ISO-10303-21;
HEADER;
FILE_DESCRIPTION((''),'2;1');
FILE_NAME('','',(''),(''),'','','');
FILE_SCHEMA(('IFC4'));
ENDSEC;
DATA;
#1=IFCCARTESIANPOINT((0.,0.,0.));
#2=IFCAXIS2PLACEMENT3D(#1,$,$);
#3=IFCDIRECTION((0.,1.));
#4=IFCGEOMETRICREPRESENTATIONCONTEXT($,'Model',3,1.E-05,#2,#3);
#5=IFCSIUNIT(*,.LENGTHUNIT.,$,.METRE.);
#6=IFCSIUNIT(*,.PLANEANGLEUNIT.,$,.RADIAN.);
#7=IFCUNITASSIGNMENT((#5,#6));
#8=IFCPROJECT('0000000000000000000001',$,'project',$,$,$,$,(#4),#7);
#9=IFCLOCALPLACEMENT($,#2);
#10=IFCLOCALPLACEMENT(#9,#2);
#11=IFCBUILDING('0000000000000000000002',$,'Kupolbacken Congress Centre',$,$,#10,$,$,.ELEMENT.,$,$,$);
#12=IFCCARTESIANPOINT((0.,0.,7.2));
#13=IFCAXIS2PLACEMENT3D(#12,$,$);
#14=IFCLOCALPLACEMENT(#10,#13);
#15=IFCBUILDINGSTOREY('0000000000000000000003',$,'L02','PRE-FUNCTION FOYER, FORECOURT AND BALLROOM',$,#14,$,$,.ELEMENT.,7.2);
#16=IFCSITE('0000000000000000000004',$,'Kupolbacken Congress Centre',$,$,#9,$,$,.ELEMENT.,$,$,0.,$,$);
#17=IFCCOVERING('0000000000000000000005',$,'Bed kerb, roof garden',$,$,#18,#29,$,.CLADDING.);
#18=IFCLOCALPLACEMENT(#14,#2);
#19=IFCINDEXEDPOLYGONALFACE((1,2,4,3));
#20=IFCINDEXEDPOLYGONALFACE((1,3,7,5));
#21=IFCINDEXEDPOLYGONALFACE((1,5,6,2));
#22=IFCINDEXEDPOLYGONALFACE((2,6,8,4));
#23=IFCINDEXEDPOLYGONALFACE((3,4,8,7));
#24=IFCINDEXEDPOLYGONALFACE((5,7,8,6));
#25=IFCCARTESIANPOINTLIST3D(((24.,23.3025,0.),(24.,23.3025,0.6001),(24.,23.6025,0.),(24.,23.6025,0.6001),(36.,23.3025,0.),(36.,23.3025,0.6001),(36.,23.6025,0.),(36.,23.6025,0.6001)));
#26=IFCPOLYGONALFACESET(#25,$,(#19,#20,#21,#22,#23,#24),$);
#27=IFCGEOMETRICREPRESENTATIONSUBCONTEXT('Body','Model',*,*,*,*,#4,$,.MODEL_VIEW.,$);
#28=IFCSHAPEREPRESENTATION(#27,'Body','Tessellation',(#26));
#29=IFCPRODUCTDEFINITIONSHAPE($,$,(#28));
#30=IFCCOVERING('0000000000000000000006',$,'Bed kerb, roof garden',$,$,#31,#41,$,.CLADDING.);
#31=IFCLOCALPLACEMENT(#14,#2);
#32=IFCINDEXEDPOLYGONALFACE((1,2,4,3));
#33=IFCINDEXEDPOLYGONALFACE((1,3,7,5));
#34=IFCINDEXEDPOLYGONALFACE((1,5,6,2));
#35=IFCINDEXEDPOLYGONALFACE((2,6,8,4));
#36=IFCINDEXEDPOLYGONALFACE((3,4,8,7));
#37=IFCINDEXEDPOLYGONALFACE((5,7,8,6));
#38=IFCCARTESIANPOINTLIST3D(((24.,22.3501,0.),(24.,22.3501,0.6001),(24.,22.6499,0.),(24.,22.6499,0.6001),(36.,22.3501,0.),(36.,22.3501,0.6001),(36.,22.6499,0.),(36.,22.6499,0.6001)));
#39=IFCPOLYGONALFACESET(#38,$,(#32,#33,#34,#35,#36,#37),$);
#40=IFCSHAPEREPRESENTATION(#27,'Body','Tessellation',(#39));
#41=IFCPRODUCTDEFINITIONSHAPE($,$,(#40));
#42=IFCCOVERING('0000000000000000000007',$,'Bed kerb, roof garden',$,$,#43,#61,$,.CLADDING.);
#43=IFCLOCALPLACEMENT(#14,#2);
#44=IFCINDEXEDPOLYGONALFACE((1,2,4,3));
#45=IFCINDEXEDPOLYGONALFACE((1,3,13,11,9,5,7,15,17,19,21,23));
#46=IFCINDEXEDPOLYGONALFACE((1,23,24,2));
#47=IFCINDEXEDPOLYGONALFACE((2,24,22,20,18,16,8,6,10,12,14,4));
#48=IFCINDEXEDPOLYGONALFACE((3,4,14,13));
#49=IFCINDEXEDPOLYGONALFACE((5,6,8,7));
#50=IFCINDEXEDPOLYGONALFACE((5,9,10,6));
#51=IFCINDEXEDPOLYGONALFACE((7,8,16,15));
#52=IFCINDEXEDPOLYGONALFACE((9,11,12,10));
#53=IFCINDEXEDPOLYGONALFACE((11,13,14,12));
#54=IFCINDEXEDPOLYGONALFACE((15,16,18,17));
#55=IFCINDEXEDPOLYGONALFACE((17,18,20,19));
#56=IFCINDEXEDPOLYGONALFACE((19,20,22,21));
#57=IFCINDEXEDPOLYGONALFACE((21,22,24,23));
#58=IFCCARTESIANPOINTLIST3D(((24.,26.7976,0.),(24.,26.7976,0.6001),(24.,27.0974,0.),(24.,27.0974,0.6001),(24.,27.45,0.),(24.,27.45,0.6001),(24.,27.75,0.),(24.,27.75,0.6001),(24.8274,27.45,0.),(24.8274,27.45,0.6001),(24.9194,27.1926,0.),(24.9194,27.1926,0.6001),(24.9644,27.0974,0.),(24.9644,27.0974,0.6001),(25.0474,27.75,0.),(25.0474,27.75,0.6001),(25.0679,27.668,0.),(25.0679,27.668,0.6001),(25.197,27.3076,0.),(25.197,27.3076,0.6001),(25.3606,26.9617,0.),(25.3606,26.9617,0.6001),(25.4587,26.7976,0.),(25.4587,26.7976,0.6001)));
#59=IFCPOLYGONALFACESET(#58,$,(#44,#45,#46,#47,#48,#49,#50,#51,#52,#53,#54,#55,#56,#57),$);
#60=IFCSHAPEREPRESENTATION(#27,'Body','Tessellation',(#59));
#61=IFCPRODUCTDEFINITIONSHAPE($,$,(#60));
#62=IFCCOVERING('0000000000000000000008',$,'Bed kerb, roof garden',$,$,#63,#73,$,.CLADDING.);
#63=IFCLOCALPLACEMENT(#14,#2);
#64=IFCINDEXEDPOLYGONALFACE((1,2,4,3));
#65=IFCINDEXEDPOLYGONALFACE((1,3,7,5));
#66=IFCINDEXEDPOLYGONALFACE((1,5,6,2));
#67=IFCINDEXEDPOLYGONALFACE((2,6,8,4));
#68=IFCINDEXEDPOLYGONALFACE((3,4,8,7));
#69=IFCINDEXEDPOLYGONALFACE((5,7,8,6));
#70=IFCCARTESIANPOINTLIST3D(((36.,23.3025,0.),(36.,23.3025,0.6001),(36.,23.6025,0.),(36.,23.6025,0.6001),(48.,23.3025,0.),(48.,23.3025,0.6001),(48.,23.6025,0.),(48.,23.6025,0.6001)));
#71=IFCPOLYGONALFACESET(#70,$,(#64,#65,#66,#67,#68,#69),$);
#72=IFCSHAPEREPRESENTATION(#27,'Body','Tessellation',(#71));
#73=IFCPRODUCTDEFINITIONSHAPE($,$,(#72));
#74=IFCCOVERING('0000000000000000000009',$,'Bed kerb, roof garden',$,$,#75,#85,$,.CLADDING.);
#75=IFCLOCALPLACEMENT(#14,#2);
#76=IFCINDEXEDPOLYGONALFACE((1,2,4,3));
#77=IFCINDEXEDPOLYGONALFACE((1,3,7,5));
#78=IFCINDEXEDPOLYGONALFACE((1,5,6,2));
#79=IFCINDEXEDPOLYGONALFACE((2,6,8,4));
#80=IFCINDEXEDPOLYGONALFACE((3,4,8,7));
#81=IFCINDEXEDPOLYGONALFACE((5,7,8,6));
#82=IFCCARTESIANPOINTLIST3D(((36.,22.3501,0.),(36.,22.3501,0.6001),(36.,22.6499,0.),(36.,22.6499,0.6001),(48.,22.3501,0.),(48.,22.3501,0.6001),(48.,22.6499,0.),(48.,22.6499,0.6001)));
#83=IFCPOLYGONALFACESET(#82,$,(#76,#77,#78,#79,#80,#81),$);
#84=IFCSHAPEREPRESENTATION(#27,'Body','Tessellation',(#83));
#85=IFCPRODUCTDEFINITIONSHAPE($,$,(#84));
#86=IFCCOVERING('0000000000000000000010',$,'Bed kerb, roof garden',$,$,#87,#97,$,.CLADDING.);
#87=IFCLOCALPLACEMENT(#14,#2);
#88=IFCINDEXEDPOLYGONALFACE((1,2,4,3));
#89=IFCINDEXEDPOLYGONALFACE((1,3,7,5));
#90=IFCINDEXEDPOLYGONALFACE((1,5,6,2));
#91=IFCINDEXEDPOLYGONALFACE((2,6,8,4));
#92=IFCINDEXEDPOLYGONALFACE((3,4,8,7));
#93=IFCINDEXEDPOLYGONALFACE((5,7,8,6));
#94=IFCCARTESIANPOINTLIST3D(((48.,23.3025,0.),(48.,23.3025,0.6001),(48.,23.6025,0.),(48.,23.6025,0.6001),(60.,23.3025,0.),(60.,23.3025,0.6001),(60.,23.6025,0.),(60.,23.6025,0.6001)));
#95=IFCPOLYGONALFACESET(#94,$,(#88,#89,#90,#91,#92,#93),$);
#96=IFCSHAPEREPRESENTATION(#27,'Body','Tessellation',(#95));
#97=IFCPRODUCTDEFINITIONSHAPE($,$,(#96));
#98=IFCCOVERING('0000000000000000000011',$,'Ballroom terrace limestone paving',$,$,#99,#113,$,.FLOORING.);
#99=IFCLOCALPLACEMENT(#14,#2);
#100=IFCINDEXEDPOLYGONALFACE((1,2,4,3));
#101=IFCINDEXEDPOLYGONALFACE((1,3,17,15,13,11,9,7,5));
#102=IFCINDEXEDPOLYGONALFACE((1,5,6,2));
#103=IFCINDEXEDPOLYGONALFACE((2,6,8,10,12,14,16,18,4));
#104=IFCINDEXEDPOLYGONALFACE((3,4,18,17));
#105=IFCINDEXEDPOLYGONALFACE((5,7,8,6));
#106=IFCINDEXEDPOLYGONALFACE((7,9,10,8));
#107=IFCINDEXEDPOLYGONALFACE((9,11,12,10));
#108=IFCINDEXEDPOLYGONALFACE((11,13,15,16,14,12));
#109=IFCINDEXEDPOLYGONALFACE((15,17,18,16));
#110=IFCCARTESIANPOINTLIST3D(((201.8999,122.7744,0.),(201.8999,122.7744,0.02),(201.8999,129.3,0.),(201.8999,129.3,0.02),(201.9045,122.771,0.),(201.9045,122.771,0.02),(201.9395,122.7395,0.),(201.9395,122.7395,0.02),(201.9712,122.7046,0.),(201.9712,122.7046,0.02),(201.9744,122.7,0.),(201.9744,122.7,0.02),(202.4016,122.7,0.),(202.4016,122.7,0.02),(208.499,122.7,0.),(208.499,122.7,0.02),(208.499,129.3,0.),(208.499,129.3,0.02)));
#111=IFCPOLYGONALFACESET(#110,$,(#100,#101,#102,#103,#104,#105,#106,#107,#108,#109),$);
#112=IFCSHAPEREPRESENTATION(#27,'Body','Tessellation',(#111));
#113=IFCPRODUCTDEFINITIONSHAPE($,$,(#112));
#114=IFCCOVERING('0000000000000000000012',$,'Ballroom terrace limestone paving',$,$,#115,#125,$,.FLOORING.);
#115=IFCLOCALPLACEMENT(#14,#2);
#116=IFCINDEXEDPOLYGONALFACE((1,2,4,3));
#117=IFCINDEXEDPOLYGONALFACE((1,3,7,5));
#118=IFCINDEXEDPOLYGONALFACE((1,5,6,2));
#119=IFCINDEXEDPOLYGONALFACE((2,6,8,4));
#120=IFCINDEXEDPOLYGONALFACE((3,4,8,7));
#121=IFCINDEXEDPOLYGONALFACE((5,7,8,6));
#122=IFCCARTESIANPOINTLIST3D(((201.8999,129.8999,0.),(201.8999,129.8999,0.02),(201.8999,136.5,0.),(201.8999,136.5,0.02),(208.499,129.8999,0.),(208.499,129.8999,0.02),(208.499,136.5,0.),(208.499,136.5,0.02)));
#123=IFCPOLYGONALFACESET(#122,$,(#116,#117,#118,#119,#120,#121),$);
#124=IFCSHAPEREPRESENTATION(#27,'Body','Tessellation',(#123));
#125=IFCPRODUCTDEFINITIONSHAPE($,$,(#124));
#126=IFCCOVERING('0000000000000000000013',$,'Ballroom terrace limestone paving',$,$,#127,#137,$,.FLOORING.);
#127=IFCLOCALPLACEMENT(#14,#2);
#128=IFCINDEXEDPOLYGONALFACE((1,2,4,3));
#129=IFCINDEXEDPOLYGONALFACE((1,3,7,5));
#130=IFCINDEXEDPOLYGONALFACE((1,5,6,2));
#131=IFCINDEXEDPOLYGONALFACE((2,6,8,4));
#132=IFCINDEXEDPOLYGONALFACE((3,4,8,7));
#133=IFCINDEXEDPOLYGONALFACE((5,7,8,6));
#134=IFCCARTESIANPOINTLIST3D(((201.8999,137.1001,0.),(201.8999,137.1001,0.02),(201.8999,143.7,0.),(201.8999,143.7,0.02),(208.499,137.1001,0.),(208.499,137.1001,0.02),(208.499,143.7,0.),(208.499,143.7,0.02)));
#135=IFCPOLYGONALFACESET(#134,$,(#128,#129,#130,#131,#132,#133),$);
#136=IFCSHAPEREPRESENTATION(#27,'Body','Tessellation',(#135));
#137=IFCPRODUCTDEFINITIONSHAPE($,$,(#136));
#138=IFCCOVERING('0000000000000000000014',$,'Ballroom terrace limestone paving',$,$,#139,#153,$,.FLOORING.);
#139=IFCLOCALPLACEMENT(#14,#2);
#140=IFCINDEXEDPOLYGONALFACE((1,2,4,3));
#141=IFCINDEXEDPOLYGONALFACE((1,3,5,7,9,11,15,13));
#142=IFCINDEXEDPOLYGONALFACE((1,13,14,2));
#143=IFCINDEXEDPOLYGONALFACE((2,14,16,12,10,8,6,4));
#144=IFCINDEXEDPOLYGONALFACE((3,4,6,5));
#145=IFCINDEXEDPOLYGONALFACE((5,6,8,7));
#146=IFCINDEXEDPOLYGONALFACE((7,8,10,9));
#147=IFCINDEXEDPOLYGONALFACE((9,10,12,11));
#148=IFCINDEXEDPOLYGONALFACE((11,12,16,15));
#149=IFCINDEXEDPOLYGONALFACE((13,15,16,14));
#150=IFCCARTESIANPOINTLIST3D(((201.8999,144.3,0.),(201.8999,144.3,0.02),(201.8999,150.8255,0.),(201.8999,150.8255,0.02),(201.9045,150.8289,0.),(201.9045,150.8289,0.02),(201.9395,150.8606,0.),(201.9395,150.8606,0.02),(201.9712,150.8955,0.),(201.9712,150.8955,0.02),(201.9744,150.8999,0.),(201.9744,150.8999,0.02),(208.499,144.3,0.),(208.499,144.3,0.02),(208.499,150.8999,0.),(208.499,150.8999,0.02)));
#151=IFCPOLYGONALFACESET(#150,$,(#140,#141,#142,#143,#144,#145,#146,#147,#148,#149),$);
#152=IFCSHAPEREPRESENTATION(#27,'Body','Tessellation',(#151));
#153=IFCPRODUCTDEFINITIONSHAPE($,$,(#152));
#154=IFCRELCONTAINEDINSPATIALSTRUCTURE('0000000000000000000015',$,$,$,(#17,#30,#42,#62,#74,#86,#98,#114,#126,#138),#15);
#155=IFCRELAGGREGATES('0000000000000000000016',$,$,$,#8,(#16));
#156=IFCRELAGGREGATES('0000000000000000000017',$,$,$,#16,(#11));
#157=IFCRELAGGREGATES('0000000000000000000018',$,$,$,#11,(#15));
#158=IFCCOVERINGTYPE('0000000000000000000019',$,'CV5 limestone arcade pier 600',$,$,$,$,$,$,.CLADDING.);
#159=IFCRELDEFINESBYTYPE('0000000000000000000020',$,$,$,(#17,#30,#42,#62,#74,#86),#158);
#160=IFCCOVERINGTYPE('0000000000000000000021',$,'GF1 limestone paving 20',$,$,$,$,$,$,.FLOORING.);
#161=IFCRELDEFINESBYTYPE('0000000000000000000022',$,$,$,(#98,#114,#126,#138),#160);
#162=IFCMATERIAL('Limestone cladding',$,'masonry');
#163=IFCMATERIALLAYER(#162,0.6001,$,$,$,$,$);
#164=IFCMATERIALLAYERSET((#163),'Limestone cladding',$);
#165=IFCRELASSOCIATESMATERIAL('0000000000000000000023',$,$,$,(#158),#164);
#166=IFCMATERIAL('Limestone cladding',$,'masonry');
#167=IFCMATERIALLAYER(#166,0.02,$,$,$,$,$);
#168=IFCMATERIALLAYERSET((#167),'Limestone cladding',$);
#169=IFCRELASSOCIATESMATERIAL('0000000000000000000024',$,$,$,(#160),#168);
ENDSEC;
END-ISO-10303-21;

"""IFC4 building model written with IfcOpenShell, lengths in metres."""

from ifc_helpers import new_model, si_unit, direction, frame, origin, place, context, subcontext, project, spatial, polyline, outline, extrude, material, layer, layer_set, type_object, element, save


model = new_model("IFC4")

# Units and contexts
model_context = context("Model", 3, precision=1e-05, world=origin(), true_north=direction((0.0, 1.0)))
body_context = subcontext(model_context, "Body", "Model", "MODEL_VIEW")
ifc_project = project(units=[si_unit("LENGTHUNIT", "METRE"), si_unit("PLANEANGLEUNIT", "RADIAN")], contexts=[model_context])

# Site, building, storey
site_placement = place(None, origin())
site = spatial("IfcSite", under=ifc_project, at=site_placement, Name="Kupolbacken Congress Centre", CompositionType="ELEMENT", RefElevation=0.0)
building_placement = place(site_placement, origin())
building = spatial("IfcBuilding", under=site, at=building_placement, Name="Kupolbacken Congress Centre", CompositionType="ELEMENT")
storey_placement = place(building_placement, frame((0.0, 0.0, 7.2)))
storey = spatial("IfcBuildingStorey", under=building, at=storey_placement, Name="L02", Description="PRE-FUNCTION FOYER, FORECOURT AND BALLROOM", CompositionType="ELEMENT", Elevation=7.2)

# Coverings
ifc_material_1 = material(Name="Limestone cladding", Category="masonry")
ifc_layer_1 = layer(ifc_material_1, 0.6001)
ifc_layer_set_1 = layer_set([ifc_layer_1], Name="Limestone cladding")
covering_type_1 = type_object("IfcCoveringType", Name="CV5 limestone arcade pier 600", PredefinedType="CLADDING", material=ifc_layer_set_1)
covering_1_placement = place(storey_placement, origin())
element("IfcCovering", 1, at=covering_1_placement, inside=storey, type_object=covering_type_1, Name="Bed kerb, roof garden", PredefinedType="CLADDING", context=body_context, shape_type="SweptSolid", body=[
    extrude(outline(polyline([(36.0, 23.6025), (36.0, 23.3025), (24.0, 23.3025), (24.0, 23.6025), (36.0, 23.6025)])), origin(), (0.0, 0.0, 1.0), 0.6001),
])
covering_2_placement = place(storey_placement, origin())
element("IfcCovering", 2, at=covering_2_placement, inside=storey, type_object=covering_type_1, Name="Bed kerb, roof garden", PredefinedType="CLADDING", context=body_context, shape_type="SweptSolid", body=[
    extrude(outline(polyline([(24.0, 22.3501), (24.0, 22.6499), (36.0, 22.6499), (36.0, 22.3501), (24.0, 22.3501)])), origin(), (0.0, 0.0, 1.0), 0.6001),
])
covering_3_placement = place(storey_placement, origin())
element("IfcCovering", 3, at=covering_3_placement, inside=storey, type_object=covering_type_1, Name="Bed kerb, roof garden", PredefinedType="CLADDING", context=body_context, shape_type="SweptSolid", body=[
    extrude(outline(polyline([(25.0474, 27.75), (25.0679, 27.668), (25.197, 27.3076), (25.3606, 26.9617), (25.4587, 26.7976), (24.0, 26.7976), (24.0, 27.0974), (24.9644, 27.0974), (24.9194, 27.1926), (24.8274, 27.45), (24.0, 27.45), (24.0, 27.75), (25.0474, 27.75)])), origin(), (0.0, 0.0, 1.0), 0.6001),
])
covering_4_placement = place(storey_placement, origin())
element("IfcCovering", 4, at=covering_4_placement, inside=storey, type_object=covering_type_1, Name="Bed kerb, roof garden", PredefinedType="CLADDING", context=body_context, shape_type="SweptSolid", body=[
    extrude(outline(polyline([(48.0, 23.6025), (48.0, 23.3025), (36.0, 23.3025), (36.0, 23.6025), (48.0, 23.6025)])), origin(), (0.0, 0.0, 1.0), 0.6001),
])
covering_5_placement = place(storey_placement, origin())
element("IfcCovering", 5, at=covering_5_placement, inside=storey, type_object=covering_type_1, Name="Bed kerb, roof garden", PredefinedType="CLADDING", context=body_context, shape_type="SweptSolid", body=[
    extrude(outline(polyline([(36.0, 22.3501), (36.0, 22.6499), (48.0, 22.6499), (48.0, 22.3501), (36.0, 22.3501)])), origin(), (0.0, 0.0, 1.0), 0.6001),
])
covering_6_placement = place(storey_placement, origin())
element("IfcCovering", 6, at=covering_6_placement, inside=storey, type_object=covering_type_1, Name="Bed kerb, roof garden", PredefinedType="CLADDING", context=body_context, shape_type="SweptSolid", body=[
    extrude(outline(polyline([(60.0, 23.6025), (60.0, 23.3025), (48.0, 23.3025), (48.0, 23.6025), (60.0, 23.6025)])), origin(), (0.0, 0.0, 1.0), 0.6001),
])
ifc_material_2 = material(Name="Limestone cladding", Category="masonry")
ifc_layer_2 = layer(ifc_material_2, 0.02)
ifc_layer_set_2 = layer_set([ifc_layer_2], Name="Limestone cladding")
covering_type_2 = type_object("IfcCoveringType", Name="GF1 limestone paving 20", PredefinedType="FLOORING", material=ifc_layer_set_2)
covering_7_placement = place(storey_placement, origin())
element("IfcCovering", 7, at=covering_7_placement, inside=storey, type_object=covering_type_2, Name="Ballroom terrace limestone paving", PredefinedType="FLOORING", context=body_context, shape_type="SweptSolid", body=[
    extrude(outline(polyline([(201.9045, 122.771), (201.877, 122.7915), (201.8999, 122.7744), (201.8999, 129.3), (208.499, 129.3), (208.499, 122.7), (202.4016, 122.7), (201.9744, 122.7), (201.9712, 122.7046), (201.9395, 122.7395), (201.9045, 122.771)])), origin(), (0.0, 0.0, 1.0), 0.02),
])
covering_8_placement = place(storey_placement, origin())
element("IfcCovering", 8, at=covering_8_placement, inside=storey, type_object=covering_type_2, Name="Ballroom terrace limestone paving", PredefinedType="FLOORING", context=body_context, shape_type="SweptSolid", body=[
    extrude(outline(polyline([(201.8999, 136.5), (208.499, 136.5), (208.499, 129.8999), (201.8999, 129.8999), (201.8999, 136.5)])), origin(), (0.0, 0.0, 1.0), 0.02),
])
covering_9_placement = place(storey_placement, origin())
element("IfcCovering", 9, at=covering_9_placement, inside=storey, type_object=covering_type_2, Name="Ballroom terrace limestone paving", PredefinedType="FLOORING", context=body_context, shape_type="SweptSolid", body=[
    extrude(outline(polyline([(201.8999, 143.7), (208.499, 143.7), (208.499, 137.1001), (201.8999, 137.1001), (201.8999, 143.7)])), origin(), (0.0, 0.0, 1.0), 0.02),
])
covering_10_placement = place(storey_placement, origin())
element("IfcCovering", 10, at=covering_10_placement, inside=storey, type_object=covering_type_2, Name="Ballroom terrace limestone paving", PredefinedType="FLOORING", context=body_context, shape_type="SweptSolid", body=[
    extrude(outline(polyline([(201.9712, 150.8955), (201.9744, 150.8999), (208.499, 150.8999), (208.499, 144.3), (201.8999, 144.3), (201.8999, 150.8257), (201.877, 150.8086), (201.9045, 150.8289), (201.9395, 150.8606), (201.9712, 150.8955)])), origin(), (0.0, 0.0, 1.0), 0.02),
])

save(model, "model.ifc")
